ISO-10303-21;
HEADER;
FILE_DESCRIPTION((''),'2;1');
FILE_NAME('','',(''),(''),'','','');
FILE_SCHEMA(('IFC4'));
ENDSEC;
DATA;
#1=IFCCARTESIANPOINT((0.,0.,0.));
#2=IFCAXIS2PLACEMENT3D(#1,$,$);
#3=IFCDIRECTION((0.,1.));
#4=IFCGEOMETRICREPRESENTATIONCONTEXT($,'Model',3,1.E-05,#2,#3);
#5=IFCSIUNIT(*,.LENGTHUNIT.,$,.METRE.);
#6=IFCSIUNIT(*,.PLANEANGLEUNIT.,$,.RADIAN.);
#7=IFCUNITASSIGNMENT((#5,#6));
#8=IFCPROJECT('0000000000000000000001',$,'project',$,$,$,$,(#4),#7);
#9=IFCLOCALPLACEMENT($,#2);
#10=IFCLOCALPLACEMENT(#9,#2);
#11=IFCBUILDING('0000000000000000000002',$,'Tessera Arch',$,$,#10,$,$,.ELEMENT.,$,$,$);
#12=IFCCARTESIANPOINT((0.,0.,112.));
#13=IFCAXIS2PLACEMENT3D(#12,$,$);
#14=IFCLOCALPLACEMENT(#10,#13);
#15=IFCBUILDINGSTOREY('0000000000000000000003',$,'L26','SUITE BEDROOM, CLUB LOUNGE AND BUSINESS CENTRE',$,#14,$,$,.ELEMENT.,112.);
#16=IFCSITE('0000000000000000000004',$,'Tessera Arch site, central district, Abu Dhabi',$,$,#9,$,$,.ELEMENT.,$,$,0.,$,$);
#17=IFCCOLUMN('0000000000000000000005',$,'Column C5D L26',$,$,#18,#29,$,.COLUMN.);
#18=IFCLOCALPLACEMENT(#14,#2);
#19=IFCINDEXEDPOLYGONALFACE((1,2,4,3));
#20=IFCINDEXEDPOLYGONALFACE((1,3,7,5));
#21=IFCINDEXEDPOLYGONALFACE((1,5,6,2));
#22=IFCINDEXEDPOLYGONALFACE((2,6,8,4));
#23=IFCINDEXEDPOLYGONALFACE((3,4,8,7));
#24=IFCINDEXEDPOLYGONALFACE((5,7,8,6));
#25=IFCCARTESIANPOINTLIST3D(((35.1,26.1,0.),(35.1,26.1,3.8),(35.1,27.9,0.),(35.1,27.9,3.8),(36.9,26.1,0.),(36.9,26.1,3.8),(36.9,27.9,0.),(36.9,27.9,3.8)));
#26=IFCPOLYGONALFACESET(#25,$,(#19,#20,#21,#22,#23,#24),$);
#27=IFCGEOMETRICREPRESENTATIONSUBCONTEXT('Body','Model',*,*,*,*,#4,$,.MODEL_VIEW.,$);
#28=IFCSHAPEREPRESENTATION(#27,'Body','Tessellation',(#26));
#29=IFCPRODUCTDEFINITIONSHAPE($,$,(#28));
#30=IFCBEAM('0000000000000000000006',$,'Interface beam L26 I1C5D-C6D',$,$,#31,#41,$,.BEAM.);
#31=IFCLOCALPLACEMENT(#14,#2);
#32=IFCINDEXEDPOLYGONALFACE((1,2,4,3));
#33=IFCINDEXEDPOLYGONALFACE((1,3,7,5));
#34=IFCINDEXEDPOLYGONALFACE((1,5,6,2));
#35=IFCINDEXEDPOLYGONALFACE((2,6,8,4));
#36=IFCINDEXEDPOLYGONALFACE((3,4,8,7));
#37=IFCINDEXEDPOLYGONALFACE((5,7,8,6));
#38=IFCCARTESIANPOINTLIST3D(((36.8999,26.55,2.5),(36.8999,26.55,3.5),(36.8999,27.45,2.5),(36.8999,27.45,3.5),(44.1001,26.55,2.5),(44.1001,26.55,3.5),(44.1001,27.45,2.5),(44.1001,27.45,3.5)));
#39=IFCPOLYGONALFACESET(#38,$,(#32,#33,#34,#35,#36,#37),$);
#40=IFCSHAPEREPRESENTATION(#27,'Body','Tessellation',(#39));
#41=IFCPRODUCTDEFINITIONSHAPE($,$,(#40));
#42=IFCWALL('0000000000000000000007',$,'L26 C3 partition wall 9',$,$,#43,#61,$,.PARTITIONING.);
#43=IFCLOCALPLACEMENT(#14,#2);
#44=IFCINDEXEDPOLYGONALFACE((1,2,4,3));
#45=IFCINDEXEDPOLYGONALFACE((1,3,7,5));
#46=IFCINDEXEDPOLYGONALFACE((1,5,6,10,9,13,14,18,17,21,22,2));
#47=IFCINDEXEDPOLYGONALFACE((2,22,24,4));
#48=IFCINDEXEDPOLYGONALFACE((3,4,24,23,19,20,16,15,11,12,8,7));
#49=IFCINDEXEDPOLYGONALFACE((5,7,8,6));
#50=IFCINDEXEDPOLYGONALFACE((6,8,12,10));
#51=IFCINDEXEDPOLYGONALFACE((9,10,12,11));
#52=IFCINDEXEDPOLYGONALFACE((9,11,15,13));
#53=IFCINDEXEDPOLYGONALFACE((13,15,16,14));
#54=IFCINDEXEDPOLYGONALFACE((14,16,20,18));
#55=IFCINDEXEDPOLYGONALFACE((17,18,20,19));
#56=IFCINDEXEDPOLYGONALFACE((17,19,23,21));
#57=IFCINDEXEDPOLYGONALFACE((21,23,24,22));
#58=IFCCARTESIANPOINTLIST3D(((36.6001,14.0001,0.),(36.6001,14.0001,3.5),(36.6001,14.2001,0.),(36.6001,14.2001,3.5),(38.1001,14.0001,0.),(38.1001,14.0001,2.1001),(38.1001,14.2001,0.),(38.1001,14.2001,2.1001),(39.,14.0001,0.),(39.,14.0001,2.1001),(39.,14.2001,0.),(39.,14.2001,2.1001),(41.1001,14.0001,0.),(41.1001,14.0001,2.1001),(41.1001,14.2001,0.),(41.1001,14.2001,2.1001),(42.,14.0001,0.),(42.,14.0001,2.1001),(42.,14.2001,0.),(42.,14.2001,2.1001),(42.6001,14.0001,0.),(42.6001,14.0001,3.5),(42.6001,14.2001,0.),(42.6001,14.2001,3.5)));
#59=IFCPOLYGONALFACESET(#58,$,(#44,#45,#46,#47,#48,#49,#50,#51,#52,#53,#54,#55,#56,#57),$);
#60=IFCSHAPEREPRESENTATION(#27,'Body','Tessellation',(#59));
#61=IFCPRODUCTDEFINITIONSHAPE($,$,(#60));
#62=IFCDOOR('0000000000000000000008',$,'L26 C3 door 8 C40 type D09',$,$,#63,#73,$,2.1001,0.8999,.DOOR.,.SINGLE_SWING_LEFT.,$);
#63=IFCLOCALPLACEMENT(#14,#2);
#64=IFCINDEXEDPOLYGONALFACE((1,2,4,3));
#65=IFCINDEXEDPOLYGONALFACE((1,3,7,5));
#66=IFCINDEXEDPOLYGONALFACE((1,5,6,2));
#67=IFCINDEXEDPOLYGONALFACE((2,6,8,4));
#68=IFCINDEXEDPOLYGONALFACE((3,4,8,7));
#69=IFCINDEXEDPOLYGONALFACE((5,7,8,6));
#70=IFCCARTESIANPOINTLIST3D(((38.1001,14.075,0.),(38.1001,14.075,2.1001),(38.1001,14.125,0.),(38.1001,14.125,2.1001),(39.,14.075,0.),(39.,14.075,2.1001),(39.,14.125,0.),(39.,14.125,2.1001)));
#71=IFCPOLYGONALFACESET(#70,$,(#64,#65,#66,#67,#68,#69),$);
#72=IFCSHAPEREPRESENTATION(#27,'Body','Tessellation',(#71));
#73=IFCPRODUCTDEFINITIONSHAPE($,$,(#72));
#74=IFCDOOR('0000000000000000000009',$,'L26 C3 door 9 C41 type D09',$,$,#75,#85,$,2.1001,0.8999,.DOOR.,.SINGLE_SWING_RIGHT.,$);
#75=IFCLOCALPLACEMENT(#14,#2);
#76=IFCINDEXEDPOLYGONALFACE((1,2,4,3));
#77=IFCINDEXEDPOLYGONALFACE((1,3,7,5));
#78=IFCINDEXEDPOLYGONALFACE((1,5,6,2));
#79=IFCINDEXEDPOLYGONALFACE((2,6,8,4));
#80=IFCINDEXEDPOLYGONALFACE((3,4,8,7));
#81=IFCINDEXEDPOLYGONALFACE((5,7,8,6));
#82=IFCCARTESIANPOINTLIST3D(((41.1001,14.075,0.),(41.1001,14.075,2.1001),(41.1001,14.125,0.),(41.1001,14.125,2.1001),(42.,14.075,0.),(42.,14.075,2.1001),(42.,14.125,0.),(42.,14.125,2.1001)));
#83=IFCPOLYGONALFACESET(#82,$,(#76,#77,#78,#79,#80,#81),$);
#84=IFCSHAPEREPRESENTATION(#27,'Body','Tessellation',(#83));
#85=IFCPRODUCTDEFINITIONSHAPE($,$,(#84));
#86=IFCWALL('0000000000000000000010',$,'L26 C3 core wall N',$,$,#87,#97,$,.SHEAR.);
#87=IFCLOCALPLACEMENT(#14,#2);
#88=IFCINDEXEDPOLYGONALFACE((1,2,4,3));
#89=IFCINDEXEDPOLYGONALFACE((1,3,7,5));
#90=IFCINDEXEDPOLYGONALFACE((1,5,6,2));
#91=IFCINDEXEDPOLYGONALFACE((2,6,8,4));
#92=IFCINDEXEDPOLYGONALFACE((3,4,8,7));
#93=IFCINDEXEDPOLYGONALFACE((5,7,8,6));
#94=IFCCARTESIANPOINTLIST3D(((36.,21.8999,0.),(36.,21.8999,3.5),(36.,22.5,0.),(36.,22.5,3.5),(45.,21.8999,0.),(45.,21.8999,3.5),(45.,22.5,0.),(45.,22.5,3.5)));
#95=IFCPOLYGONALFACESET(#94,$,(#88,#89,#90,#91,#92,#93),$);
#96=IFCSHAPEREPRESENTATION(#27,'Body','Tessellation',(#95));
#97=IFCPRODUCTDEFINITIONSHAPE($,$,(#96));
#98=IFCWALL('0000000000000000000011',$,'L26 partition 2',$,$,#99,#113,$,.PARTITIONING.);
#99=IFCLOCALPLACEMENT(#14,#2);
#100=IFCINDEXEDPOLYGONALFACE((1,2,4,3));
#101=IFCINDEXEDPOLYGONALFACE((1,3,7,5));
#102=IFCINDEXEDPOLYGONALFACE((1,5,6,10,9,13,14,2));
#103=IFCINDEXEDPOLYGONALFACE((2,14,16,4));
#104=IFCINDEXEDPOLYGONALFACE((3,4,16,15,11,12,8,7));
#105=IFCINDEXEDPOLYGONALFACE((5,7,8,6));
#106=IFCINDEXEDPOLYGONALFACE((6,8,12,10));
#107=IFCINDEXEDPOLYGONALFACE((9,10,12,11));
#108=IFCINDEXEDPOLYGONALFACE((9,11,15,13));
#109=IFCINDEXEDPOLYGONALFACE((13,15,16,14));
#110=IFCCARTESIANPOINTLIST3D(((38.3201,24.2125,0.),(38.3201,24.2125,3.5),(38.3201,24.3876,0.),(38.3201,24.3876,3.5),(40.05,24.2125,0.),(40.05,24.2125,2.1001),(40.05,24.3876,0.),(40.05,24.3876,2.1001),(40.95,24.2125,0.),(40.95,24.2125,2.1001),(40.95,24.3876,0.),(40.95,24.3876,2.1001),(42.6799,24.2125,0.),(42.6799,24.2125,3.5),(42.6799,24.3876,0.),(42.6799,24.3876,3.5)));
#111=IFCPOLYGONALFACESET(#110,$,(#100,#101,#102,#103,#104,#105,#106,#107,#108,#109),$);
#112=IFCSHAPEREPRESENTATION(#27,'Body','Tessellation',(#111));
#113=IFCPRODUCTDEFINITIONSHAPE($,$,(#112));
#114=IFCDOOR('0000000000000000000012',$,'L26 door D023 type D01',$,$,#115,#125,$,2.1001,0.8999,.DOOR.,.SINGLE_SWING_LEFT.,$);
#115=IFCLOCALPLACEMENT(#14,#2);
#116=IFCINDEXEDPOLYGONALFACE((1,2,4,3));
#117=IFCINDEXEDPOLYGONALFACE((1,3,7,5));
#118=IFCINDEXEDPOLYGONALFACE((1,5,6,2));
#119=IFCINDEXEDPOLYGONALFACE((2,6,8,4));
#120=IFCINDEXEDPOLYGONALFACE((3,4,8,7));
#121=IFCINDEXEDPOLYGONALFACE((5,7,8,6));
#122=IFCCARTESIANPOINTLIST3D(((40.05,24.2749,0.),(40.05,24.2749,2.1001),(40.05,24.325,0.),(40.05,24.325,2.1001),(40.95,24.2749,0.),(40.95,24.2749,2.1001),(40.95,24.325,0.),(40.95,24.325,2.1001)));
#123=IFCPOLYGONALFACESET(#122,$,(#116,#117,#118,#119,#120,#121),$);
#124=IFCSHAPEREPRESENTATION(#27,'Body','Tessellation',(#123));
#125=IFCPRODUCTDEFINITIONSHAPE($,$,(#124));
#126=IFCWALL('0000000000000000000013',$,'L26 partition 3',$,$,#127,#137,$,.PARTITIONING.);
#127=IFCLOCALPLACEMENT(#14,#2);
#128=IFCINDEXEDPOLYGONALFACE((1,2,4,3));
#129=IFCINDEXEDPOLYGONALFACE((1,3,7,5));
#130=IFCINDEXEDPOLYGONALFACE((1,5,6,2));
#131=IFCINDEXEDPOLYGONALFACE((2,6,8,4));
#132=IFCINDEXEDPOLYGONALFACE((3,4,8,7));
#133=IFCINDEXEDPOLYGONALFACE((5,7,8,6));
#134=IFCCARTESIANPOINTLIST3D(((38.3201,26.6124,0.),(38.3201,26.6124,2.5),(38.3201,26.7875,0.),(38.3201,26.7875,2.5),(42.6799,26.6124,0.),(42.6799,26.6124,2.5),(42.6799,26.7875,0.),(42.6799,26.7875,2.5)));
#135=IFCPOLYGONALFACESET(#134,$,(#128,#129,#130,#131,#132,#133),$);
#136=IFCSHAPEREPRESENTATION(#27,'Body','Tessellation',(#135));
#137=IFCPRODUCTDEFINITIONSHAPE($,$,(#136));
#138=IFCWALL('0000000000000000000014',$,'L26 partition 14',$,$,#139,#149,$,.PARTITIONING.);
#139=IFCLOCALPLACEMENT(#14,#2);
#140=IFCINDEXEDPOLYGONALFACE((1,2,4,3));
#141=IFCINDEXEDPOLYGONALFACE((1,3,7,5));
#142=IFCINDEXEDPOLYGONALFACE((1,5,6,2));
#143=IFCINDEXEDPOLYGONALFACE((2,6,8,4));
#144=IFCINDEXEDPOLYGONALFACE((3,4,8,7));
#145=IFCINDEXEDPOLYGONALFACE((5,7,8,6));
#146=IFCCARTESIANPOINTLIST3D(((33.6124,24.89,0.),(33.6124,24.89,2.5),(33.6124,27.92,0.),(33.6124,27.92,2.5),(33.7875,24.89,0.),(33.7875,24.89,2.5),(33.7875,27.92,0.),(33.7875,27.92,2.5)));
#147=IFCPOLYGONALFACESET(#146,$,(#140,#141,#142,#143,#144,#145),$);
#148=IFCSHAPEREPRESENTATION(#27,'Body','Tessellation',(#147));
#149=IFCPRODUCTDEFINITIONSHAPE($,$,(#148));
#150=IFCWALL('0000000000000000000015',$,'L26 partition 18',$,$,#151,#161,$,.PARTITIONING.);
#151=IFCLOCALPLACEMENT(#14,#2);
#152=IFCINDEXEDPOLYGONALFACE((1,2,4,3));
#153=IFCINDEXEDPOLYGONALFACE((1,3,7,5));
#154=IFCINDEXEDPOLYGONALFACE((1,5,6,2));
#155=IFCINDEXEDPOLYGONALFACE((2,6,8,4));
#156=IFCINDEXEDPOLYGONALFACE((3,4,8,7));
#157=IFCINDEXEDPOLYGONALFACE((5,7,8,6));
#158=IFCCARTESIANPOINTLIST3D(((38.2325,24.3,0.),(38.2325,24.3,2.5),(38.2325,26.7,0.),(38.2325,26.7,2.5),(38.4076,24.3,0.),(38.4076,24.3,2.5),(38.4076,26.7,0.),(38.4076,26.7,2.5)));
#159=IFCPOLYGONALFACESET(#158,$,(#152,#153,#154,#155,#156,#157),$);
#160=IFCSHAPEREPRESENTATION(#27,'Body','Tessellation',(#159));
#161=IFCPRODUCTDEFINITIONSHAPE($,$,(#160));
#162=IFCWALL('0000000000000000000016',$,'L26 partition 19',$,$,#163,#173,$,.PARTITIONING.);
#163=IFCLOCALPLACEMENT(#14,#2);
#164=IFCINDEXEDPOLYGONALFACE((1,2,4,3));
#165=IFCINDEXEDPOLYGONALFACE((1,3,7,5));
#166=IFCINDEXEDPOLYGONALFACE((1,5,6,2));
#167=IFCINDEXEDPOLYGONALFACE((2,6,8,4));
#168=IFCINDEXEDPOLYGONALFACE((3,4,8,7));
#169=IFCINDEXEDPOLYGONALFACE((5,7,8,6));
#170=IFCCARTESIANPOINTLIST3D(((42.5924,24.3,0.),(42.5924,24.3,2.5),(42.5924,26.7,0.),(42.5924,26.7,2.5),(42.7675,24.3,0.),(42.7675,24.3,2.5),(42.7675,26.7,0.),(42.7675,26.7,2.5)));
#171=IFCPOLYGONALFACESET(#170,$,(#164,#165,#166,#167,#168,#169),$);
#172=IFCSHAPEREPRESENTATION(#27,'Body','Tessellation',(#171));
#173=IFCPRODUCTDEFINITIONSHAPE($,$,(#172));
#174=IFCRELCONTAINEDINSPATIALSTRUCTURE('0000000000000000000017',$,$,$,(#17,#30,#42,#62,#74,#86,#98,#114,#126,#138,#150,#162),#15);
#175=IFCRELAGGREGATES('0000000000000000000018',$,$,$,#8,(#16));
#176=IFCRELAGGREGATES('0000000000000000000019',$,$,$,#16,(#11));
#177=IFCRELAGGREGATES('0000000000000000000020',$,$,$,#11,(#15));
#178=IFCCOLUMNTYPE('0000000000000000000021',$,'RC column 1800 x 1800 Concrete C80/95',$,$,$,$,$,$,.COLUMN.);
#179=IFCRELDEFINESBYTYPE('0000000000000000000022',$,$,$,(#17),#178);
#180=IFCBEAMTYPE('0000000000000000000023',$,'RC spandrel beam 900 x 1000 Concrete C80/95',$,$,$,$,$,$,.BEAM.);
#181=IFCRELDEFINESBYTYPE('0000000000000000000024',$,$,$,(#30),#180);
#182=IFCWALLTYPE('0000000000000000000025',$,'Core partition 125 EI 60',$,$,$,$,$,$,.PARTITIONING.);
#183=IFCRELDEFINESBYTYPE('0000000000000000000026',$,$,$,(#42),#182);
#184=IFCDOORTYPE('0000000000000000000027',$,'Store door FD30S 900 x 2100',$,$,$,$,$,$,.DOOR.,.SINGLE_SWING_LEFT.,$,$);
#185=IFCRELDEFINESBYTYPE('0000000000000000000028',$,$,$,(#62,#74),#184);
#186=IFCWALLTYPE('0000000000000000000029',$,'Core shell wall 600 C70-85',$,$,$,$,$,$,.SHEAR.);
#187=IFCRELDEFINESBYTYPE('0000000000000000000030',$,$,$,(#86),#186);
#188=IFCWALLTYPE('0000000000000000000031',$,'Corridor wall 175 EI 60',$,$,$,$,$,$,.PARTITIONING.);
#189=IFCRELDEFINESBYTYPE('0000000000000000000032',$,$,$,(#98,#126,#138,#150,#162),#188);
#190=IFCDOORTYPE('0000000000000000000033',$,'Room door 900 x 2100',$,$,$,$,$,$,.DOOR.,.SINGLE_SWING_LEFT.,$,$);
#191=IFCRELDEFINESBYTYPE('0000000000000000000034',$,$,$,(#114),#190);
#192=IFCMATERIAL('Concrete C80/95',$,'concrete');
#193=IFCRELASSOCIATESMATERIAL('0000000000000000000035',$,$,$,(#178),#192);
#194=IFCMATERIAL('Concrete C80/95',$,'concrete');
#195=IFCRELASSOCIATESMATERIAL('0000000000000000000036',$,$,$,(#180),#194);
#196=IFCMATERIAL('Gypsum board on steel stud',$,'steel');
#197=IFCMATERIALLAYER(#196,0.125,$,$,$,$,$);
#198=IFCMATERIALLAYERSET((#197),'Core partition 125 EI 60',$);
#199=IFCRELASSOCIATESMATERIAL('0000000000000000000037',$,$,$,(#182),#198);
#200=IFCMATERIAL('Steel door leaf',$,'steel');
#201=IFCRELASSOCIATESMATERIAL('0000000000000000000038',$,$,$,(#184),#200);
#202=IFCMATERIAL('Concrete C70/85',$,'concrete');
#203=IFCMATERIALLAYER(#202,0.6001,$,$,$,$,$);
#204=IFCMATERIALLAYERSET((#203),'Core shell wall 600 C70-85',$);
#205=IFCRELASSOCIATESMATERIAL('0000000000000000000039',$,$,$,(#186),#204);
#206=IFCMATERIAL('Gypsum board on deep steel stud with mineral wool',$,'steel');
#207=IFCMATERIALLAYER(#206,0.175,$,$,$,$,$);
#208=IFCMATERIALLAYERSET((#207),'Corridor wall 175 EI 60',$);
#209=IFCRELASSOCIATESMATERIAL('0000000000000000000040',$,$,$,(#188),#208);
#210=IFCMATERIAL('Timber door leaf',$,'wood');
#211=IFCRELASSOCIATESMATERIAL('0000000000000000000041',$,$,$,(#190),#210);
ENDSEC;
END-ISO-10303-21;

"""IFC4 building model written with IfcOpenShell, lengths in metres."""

from ifc_helpers import new_model, si_unit, direction, frame, frame_2d, origin, origin_2d, place, context, subcontext, project, spatial, rectangle, extrude, material, layer, layer_set, material_profile, profile_set, type_object, element, fill, save


model = new_model("IFC4")

# Units and contexts
model_context = context("Model", 3, precision=1e-05, world=origin(), true_north=direction((0.0, 1.0)))
body_context = subcontext(model_context, "Body", "Model", "MODEL_VIEW")
ifc_project = project(units=[si_unit("LENGTHUNIT", "METRE"), si_unit("PLANEANGLEUNIT", "RADIAN")], contexts=[model_context])

# Site, building, storey
site_placement = place(None, origin())
site = spatial("IfcSite", under=ifc_project, at=site_placement, Name="Tessera Arch site, central district, Abu Dhabi", CompositionType="ELEMENT", RefElevation=0.0)
building_placement = place(site_placement, origin())
building = spatial("IfcBuilding", under=site, at=building_placement, Name="Tessera Arch", CompositionType="ELEMENT")
storey_placement = place(building_placement, frame((0.0, 0.0, 112.0)))
storey = spatial("IfcBuildingStorey", under=building, at=storey_placement, Name="L26", Description="SUITE BEDROOM, CLUB LOUNGE AND BUSINESS CENTRE", CompositionType="ELEMENT", Elevation=112.0)

# Column
ifc_material_1 = material(Name="Concrete C80/95", Category="concrete")
ifc_material_profile_1 = material_profile(ifc_material_1, rectangle(XDim=1.8, YDim=1.8, at=origin_2d()), Name="RC column 1800 x 1800 Concrete C80/95")
ifc_profile_set_1 = profile_set([ifc_material_profile_1], Name="Concrete C80/95")
column_type = type_object("IfcColumnType", Name="RC column 1800 x 1800 Concrete C80/95", PredefinedType="COLUMN", material=ifc_profile_set_1)
column_placement = place(storey_placement, frame((36.0, 27.0, 0.0), z_axis=(0.0, 0.0, 1.0), x_axis=(1.0, 0.0, 0.0)))
element("IfcColumn", 1, at=column_placement, inside=storey, type_object=column_type, Name="Column C5D L26", PredefinedType="COLUMN", context=body_context, shape_type="SweptSolid", body=[
    extrude(rectangle(XDim=1.8, YDim=1.8, at=origin_2d()), origin(), (0.0, 0.0, 1.0), 3.8),
])

# Beam
ifc_material_2 = material(Name="Concrete C80/95", Category="concrete")
ifc_material_profile_2 = material_profile(ifc_material_2, rectangle(XDim=0.8999, YDim=1.0, at=origin_2d()), Name="RC spandrel beam 900 x 1000 Concrete C80/95")
ifc_profile_set_2 = profile_set([ifc_material_profile_2], Name="Concrete C80/95")
beam_type = type_object("IfcBeamType", Name="RC spandrel beam 900 x 1000 Concrete C80/95", PredefinedType="BEAM", material=ifc_profile_set_2)
beam_placement = place(storey_placement, frame((36.8999, 27.0, 3.0), z_axis=(1.0, 0.0, 0.0), x_axis=(0.0, 1.0, 0.0)))
element("IfcBeam", 2, at=beam_placement, inside=storey, type_object=beam_type, Name="Interface beam L26 I1C5D-C6D", PredefinedType="BEAM", context=body_context, shape_type="SweptSolid", body=[
    extrude(rectangle(XDim=0.8999, YDim=1.0, at=origin_2d()), origin(), (0.0, 0.0, 1.0), 7.2002),
])

# Wall, openings, doors
ifc_material_3 = material(Name="Gypsum board on steel stud", Category="steel")
ifc_layer_1 = layer(ifc_material_3, 0.125)
ifc_layer_set_1 = layer_set([ifc_layer_1], Name="Core partition 125 EI 60")
wall_type_1 = type_object("IfcWallType", Name="Core partition 125 EI 60", PredefinedType="PARTITIONING", material=ifc_layer_set_1)
wall_1_placement = place(storey_placement, frame((36.6001, 14.1001, 0.0), z_axis=(0.0, 0.0, 1.0), x_axis=(1.0, 0.0, 0.0)))
wall_1 = element("IfcWall", 3, at=wall_1_placement, inside=storey, type_object=wall_type_1, Name="L26 C3 partition wall 9", PredefinedType="PARTITIONING", context=body_context, shape_type="SweptSolid", body=[
    extrude(rectangle(XDim=6.0, YDim=0.2, at=frame_2d((3.0, 0.0))), origin(), (0.0, 0.0, 1.0), 3.5),
])
opening_1_placement = place(wall_1_placement, frame((1.5, 0.0, 0.0)))
opening_1 = element("IfcOpeningElement", 4, at=opening_1_placement, cuts=wall_1, PredefinedType="OPENING", context=body_context, shape_type="SweptSolid", body=[
    extrude(rectangle(XDim=0.8999, YDim=2.1001, at=frame_2d((0.45, 1.05))), frame((0.0, 0.1099, 0.0), z_axis=(0.0, -1.0, 0.0), x_axis=(1.0, 0.0, 0.0)), (0.0, 0.0, 1.0), 0.22),
])
opening_2_placement = place(wall_1_placement, frame((4.5, 0.0, 0.0)))
opening_2 = element("IfcOpeningElement", 5, at=opening_2_placement, cuts=wall_1, PredefinedType="OPENING", context=body_context, shape_type="SweptSolid", body=[
    extrude(rectangle(XDim=0.8999, YDim=2.1001, at=frame_2d((0.45, 1.05))), frame((0.0, 0.1099, 0.0), z_axis=(0.0, -1.0, 0.0), x_axis=(1.0, 0.0, 0.0)), (0.0, 0.0, 1.0), 0.22),
])
ifc_material_4 = material(Name="Steel door leaf", Category="steel")
door_type_1 = type_object("IfcDoorType", Name="Store door FD30S 900 x 2100", OperationType="SINGLE_SWING_LEFT", PredefinedType="DOOR", material=ifc_material_4)
door_1_placement = place(opening_1_placement, origin())
door_1 = element("IfcDoor", 6, at=door_1_placement, inside=storey, type_object=door_type_1, Name="L26 C3 door 8 C40 type D09", OperationType="SINGLE_SWING_LEFT", OverallHeight=2.1001, OverallWidth=0.8999, PredefinedType="DOOR", context=body_context, shape_type="SweptSolid", body=[
    extrude(rectangle(XDim=0.8999, YDim=2.1001, at=frame_2d((0.45, 1.05))), frame((0.0, 0.0249, 0.0), z_axis=(0.0, -1.0, 0.0), x_axis=(1.0, 0.0, 0.0)), (0.0, 0.0, 1.0), 0.05),
])
fill(opening_1, door_1)
door_2_placement = place(opening_2_placement, origin())
door_2 = element("IfcDoor", 7, at=door_2_placement, inside=storey, type_object=door_type_1, Name="L26 C3 door 9 C41 type D09", OperationType="SINGLE_SWING_RIGHT", OverallHeight=2.1001, OverallWidth=0.8999, PredefinedType="DOOR", context=body_context, shape_type="SweptSolid", body=[
    extrude(rectangle(XDim=0.8999, YDim=2.1001, at=frame_2d((0.45, 1.05))), frame((0.0, 0.0249, 0.0), z_axis=(0.0, -1.0, 0.0), x_axis=(1.0, 0.0, 0.0)), (0.0, 0.0, 1.0), 0.05),
])
fill(opening_2, door_2)

# Wall
ifc_material_5 = material(Name="Concrete C70/85", Category="concrete")
ifc_layer_2 = layer(ifc_material_5, 0.6001)
ifc_layer_set_2 = layer_set([ifc_layer_2], Name="Core shell wall 600 C70-85")
wall_type_2 = type_object("IfcWallType", Name="Core shell wall 600 C70-85", PredefinedType="SHEAR", material=ifc_layer_set_2)
wall_2_placement = place(storey_placement, frame((36.0, 22.2, 0.0), z_axis=(0.0, 0.0, 1.0), x_axis=(1.0, 0.0, 0.0)))
element("IfcWall", 8, at=wall_2_placement, inside=storey, type_object=wall_type_2, Name="L26 C3 core wall N", PredefinedType="SHEAR", context=body_context, shape_type="SweptSolid", body=[
    extrude(rectangle(XDim=9.0, YDim=0.6001, at=frame_2d((4.5, 0.0))), origin(), (0.0, 0.0, 1.0), 3.5),
])

# Wall, opening, door
ifc_material_6 = material(Name="Gypsum board on deep steel stud with mineral wool", Category="steel")
ifc_layer_3 = layer(ifc_material_6, 0.175)
ifc_layer_set_3 = layer_set([ifc_layer_3], Name="Corridor wall 175 EI 60")
wall_type_3 = type_object("IfcWallType", Name="Corridor wall 175 EI 60", PredefinedType="PARTITIONING", material=ifc_layer_set_3)
wall_3_placement = place(storey_placement, frame((38.3201, 24.3, 0.0), z_axis=(0.0, 0.0, 1.0), x_axis=(1.0, 0.0, 0.0)))
wall_3 = element("IfcWall", 9, at=wall_3_placement, inside=storey, type_object=wall_type_3, Name="L26 partition 2", PredefinedType="PARTITIONING", context=body_context, shape_type="SweptSolid", body=[
    extrude(rectangle(XDim=4.3599, YDim=0.175, at=frame_2d((2.1799, 0.0))), origin(), (0.0, 0.0, 1.0), 3.5),
])
opening_3_placement = place(wall_3_placement, frame((1.73, 0.0, 0.0)))
opening_3 = element("IfcOpeningElement", 10, at=opening_3_placement, cuts=wall_3, PredefinedType="OPENING", context=body_context, shape_type="SweptSolid", body=[
    extrude(rectangle(XDim=0.8999, YDim=2.1001, at=frame_2d((0.45, 1.05))), frame((0.0, 0.0974, 0.0), z_axis=(0.0, -1.0, 0.0), x_axis=(1.0, 0.0, 0.0)), (0.0, 0.0, 1.0), 0.1951),
])
ifc_material_7 = material(Name="Timber door leaf", Category="wood")
door_type_2 = type_object("IfcDoorType", Name="Room door 900 x 2100", OperationType="SINGLE_SWING_LEFT", PredefinedType="DOOR", material=ifc_material_7)
door_3_placement = place(opening_3_placement, origin())
door_3 = element("IfcDoor", 11, at=door_3_placement, inside=storey, type_object=door_type_2, Name="L26 door D023 type D01", OperationType="SINGLE_SWING_LEFT", OverallHeight=2.1001, OverallWidth=0.8999, PredefinedType="DOOR", context=body_context, shape_type="SweptSolid", body=[
    extrude(rectangle(XDim=0.8999, YDim=2.1001, at=frame_2d((0.45, 1.05))), frame((0.0, 0.0249, 0.0), z_axis=(0.0, -1.0, 0.0), x_axis=(1.0, 0.0, 0.0)), (0.0, 0.0, 1.0), 0.05),
])
fill(opening_3, door_3)

# Walls
wall_4_placement = place(storey_placement, frame((38.3201, 26.7, 0.0), z_axis=(0.0, 0.0, 1.0), x_axis=(1.0, 0.0, 0.0)))
element("IfcWall", 12, at=wall_4_placement, inside=storey, type_object=wall_type_3, Name="L26 partition 3", PredefinedType="PARTITIONING", context=body_context, shape_type="SweptSolid", body=[
    extrude(rectangle(XDim=4.3599, YDim=0.175, at=frame_2d((2.1799, 0.0))), origin(), (0.0, 0.0, 1.0), 2.5),
])
wall_5_placement = place(storey_placement, frame((33.7, 24.8899, 0.0), z_axis=(0.0, 0.0, 1.0), x_axis=(0.0, 1.0, 0.0)))
element("IfcWall", 13, at=wall_5_placement, inside=storey, type_object=wall_type_3, Name="L26 partition 14", PredefinedType="PARTITIONING", context=body_context, shape_type="SweptSolid", body=[
    extrude(rectangle(XDim=3.03, YDim=0.175, at=frame_2d((1.5151, 0.0))), origin(), (0.0, 0.0, 1.0), 2.5),
])
for number, where, z_axis, x_axis, name in (
    (14, (38.3201, 24.3, 0.0), (0.0, 0.0, 1.0), (0.0, 1.0, 0.0), "L26 partition 18"),
    (15, (42.6799, 24.3, 0.0), (0.0, 0.0, 1.0), (0.0, 1.0, 0.0), "L26 partition 19"),
):
    element("IfcWall", number, at=place(storey_placement, frame(where, z_axis=z_axis, x_axis=x_axis)), inside=storey, type_object=wall_type_3, Name=name, PredefinedType="PARTITIONING", context=body_context, shape_type="SweptSolid", body=[
        extrude(rectangle(XDim=2.3999, YDim=0.175, at=frame_2d((1.2, 0.0))), origin(), (0.0, 0.0, 1.0), 2.5),
    ])

save(model, "model.ifc")
